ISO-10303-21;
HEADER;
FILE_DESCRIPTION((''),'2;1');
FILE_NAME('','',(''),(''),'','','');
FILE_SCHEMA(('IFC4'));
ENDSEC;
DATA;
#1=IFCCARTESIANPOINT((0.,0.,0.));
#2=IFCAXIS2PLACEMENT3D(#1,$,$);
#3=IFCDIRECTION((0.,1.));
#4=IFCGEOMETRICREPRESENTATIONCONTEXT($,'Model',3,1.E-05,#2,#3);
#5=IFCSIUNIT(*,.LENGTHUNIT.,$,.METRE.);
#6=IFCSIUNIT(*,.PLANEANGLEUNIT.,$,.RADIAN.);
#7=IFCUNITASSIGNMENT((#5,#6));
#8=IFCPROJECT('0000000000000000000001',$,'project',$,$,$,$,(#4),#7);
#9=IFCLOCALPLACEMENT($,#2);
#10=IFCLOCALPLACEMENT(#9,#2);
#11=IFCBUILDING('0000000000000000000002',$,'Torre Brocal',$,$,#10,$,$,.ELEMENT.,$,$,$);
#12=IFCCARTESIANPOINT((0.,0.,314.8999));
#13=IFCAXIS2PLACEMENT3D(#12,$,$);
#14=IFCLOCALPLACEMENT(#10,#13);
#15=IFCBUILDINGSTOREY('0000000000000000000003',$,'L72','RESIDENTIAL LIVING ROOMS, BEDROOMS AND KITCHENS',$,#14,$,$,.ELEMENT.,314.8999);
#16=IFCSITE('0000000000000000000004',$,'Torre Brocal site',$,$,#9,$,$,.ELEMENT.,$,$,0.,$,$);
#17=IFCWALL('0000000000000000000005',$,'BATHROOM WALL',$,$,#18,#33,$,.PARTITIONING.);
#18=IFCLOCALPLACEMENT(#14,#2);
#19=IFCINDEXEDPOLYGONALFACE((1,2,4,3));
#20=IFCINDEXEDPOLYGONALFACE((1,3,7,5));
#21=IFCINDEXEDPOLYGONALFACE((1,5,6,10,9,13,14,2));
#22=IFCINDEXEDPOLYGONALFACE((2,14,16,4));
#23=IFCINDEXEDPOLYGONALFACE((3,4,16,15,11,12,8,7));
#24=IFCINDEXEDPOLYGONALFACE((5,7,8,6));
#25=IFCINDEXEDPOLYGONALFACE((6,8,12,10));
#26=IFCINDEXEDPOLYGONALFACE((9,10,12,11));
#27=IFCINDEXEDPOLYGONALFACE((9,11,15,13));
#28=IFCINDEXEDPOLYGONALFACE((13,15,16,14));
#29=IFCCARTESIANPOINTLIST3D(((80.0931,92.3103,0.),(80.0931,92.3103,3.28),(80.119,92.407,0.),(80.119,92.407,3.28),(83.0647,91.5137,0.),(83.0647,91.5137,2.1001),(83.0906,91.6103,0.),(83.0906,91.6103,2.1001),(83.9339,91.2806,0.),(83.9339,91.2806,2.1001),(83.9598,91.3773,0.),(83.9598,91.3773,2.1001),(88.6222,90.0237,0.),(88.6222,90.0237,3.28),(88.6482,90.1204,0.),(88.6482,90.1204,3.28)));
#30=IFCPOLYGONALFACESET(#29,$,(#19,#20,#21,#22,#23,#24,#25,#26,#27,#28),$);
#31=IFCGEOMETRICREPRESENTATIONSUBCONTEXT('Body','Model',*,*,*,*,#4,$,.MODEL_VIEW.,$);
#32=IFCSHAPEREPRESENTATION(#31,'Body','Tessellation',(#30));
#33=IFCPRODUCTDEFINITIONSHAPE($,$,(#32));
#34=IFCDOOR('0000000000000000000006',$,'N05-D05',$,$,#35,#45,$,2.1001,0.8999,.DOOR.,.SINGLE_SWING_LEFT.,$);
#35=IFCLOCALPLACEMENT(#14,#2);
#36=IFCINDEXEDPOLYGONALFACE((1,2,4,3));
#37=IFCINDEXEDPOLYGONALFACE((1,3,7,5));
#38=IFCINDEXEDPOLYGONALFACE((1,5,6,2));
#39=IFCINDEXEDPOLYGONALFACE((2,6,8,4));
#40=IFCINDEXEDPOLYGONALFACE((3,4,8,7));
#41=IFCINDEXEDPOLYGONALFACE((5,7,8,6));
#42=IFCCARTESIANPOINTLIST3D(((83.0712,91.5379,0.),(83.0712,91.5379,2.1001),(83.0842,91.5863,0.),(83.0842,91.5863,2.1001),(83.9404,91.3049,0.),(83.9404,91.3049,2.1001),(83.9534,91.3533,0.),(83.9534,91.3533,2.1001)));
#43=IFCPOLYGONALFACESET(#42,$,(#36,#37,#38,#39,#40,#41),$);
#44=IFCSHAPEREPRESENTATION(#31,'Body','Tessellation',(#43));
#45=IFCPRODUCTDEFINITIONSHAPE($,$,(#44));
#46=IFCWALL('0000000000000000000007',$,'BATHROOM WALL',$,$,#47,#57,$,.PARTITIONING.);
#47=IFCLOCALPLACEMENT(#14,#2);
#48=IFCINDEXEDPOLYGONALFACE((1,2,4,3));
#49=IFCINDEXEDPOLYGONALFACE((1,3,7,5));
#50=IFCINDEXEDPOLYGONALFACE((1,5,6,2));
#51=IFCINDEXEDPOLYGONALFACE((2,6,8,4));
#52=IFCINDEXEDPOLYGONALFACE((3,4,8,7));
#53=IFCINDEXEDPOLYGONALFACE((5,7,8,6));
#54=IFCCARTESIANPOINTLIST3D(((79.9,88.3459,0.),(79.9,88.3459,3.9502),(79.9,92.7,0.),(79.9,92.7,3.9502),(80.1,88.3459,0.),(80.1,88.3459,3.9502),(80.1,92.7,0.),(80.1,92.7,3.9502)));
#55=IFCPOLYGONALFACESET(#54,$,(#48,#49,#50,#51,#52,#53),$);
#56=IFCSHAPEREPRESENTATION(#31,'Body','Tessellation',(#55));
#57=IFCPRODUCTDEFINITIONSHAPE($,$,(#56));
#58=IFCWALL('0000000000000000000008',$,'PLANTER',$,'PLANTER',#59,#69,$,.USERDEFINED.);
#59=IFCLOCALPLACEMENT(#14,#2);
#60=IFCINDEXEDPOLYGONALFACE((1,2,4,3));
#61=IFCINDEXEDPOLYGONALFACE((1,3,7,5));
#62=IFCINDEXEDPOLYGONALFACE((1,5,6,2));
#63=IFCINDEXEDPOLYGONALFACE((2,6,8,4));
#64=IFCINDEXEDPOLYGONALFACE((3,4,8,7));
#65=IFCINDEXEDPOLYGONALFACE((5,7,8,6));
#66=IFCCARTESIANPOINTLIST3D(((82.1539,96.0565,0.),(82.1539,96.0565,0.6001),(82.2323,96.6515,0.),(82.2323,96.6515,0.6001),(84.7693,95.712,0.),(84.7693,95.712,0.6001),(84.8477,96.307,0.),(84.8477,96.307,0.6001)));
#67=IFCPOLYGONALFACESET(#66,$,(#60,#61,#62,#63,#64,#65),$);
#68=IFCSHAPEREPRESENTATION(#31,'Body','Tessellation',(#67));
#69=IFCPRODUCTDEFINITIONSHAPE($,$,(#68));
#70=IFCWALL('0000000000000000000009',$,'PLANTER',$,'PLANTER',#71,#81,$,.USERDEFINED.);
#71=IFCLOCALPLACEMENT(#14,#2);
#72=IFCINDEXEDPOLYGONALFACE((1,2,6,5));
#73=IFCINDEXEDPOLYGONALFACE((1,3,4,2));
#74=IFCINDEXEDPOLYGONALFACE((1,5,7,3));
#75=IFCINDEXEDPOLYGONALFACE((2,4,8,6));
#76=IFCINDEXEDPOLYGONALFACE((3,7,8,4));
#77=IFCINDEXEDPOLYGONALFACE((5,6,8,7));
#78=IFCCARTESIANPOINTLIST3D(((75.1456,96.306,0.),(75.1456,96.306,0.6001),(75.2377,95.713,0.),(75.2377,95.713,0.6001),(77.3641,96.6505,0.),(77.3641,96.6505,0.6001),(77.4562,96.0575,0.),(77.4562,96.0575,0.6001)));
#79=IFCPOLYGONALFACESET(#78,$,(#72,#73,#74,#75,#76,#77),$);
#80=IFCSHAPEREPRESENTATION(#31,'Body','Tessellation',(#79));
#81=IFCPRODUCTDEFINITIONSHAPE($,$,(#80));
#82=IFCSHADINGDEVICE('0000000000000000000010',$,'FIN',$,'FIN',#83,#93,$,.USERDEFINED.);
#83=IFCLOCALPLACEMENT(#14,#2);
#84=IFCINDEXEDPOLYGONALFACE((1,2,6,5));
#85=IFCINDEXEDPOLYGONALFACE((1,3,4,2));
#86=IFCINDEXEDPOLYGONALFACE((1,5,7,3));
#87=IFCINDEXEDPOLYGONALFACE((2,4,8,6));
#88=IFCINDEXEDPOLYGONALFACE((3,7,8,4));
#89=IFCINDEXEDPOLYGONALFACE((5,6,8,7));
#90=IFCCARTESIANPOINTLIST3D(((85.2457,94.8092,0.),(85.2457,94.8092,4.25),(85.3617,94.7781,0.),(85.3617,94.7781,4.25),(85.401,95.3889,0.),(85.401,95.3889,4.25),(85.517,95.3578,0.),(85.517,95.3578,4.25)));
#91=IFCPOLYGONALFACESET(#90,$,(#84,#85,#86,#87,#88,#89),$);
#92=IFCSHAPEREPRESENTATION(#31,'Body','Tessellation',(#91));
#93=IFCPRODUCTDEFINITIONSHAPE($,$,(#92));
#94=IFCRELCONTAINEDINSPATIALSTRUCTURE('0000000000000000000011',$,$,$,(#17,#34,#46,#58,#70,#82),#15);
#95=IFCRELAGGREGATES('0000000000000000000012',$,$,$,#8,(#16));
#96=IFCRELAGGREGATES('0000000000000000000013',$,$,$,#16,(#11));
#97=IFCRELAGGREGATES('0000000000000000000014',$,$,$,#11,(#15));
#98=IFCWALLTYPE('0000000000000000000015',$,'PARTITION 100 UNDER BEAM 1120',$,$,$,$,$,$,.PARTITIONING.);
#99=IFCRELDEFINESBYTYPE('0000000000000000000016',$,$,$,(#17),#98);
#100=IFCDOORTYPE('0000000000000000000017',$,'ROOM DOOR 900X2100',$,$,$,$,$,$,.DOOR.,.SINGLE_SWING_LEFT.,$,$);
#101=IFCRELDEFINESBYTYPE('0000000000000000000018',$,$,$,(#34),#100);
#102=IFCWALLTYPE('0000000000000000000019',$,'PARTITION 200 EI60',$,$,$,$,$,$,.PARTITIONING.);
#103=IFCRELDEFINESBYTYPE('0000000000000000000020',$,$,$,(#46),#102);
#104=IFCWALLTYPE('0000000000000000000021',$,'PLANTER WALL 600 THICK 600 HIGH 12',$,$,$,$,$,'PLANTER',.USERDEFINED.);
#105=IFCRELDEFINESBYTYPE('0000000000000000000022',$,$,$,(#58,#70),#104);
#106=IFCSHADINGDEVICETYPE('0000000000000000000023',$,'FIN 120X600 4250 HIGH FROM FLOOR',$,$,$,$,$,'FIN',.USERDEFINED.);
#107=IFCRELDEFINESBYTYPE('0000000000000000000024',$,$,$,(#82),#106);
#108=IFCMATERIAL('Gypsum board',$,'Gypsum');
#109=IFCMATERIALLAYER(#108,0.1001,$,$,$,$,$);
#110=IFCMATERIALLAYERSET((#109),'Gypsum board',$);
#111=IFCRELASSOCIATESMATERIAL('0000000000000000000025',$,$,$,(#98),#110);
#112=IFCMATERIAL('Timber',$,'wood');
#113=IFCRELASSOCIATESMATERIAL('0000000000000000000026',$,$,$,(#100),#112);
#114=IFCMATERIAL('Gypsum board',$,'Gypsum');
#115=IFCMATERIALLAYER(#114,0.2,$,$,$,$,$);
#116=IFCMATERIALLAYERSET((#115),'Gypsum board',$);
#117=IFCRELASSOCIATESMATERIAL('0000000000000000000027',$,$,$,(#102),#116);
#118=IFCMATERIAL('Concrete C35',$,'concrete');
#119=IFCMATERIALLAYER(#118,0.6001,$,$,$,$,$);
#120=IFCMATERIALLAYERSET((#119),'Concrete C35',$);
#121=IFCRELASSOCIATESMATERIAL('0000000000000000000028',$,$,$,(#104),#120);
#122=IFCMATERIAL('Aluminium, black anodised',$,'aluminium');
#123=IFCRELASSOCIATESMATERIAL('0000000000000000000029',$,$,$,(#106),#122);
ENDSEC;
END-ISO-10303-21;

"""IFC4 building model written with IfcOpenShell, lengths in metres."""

from ifc_helpers import new_model, si_unit, direction, frame, frame_2d, origin, origin_2d, place, context, subcontext, project, spatial, rectangle, extrude, material, layer, layer_set, material_profile, profile_set, type_object, element, fill, save


model = new_model("IFC4")

# Units and contexts
model_context = context("Model", 3, precision=1e-05, world=origin(), true_north=direction((0.0, 1.0)))
body_context = subcontext(model_context, "Body", "Model", "MODEL_VIEW")
ifc_project = project(units=[si_unit("LENGTHUNIT", "METRE"), si_unit("PLANEANGLEUNIT", "RADIAN")], contexts=[model_context])

# Site, building, storey
site_placement = place(None, origin())
site = spatial("IfcSite", under=ifc_project, at=site_placement, Name="Torre Brocal site", CompositionType="ELEMENT", RefElevation=0.0)
building_placement = place(site_placement, origin())
building = spatial("IfcBuilding", under=site, at=building_placement, Name="Torre Brocal", CompositionType="ELEMENT")
storey_placement = place(building_placement, frame((0.0, 0.0, 314.8999)))
storey = spatial("IfcBuildingStorey", under=building, at=storey_placement, Name="L72", Description="RESIDENTIAL LIVING ROOMS, BEDROOMS AND KITCHENS", CompositionType="ELEMENT", Elevation=314.8999)

# Wall, opening, door
ifc_material_1 = material(Name="Gypsum board", Category="Gypsum")
ifc_layer_1 = layer(ifc_material_1, 0.1001)
ifc_layer_set_1 = layer_set([ifc_layer_1], Name="Gypsum board")
wall_type_1 = type_object("IfcWallType", Name="PARTITION 100 UNDER BEAM 1120", PredefinedType="PARTITIONING", material=ifc_layer_set_1)
wall_1_placement = place(storey_placement, frame((80.1062, 92.3586, 0.0), z_axis=(0.0, 0.0, 1.0), x_axis=(0.96589, -0.258953, 0.0)))
wall_1 = element("IfcWall", 1, at=wall_1_placement, inside=storey, type_object=wall_type_1, Name="BATHROOM WALL", PredefinedType="PARTITIONING", context=body_context, shape_type="SweptSolid", body=[
    extrude(rectangle(XDim=8.8303, YDim=0.1001, at=frame_2d((4.415, 0.0))), origin(), (0.0, 0.0, 1.0), 3.28),
])
opening_placement = place(wall_1_placement, frame((3.0764, 0.0, 0.0)))
opening = element("IfcOpeningElement", 2, at=opening_placement, cuts=wall_1, PredefinedType="OPENING", context=body_context, shape_type="SweptSolid", body=[
    extrude(rectangle(XDim=0.8999, YDim=2.1001, at=frame_2d((0.45, 1.05))), frame((0.0, 0.0601, 0.0), z_axis=(0.0, -1.0, 0.0), x_axis=(1.0, 0.0, 0.0)), (0.0, 0.0, 1.0), 0.1201),
])
ifc_material_2 = material(Name="Timber", Category="wood")
door_type = type_object("IfcDoorType", Name="ROOM DOOR 900X2100", OperationType="SINGLE_SWING_LEFT", PredefinedType="DOOR", material=ifc_material_2)
door_placement = place(opening_placement, frame((0.8999, 0.0, 0.0), z_axis=(0.0, 0.0, 1.0), x_axis=(-1.0, 0.0, 0.0)))
door = element("IfcDoor", 3, at=door_placement, inside=storey, type_object=door_type, Name="N05-D05", OperationType="SINGLE_SWING_LEFT", OverallHeight=2.1001, OverallWidth=0.8999, PredefinedType="DOOR", context=body_context, shape_type="SweptSolid", body=[
    extrude(rectangle(XDim=0.8999, YDim=2.1001, at=frame_2d((0.45, 1.05))), frame((0.0, 0.0249, 0.0), z_axis=(0.0, -1.0, 0.0), x_axis=(1.0, 0.0, 0.0)), (0.0, 0.0, 1.0), 0.05),
])
fill(opening, door)

# Walls
ifc_material_3 = material(Name="Gypsum board", Category="Gypsum")
ifc_layer_2 = layer(ifc_material_3, 0.2)
ifc_layer_set_2 = layer_set([ifc_layer_2], Name="Gypsum board")
wall_type_2 = type_object("IfcWallType", Name="PARTITION 200 EI60", PredefinedType="PARTITIONING", material=ifc_layer_set_2)
wall_2_placement = place(storey_placement, frame((80.0, 88.3459, 0.0), z_axis=(0.0, 0.0, 1.0), x_axis=(0.0, 1.0, 0.0)))
element("IfcWall", 4, at=wall_2_placement, inside=storey, type_object=wall_type_2, Name="BATHROOM WALL", PredefinedType="PARTITIONING", context=body_context, shape_type="SweptSolid", body=[
    extrude(rectangle(XDim=4.354, YDim=0.2, at=frame_2d((2.177, 0.0))), origin(), (0.0, 0.0, 1.0), 3.9502),
])
ifc_material_4 = material(Name="Concrete C35", Category="concrete")
ifc_layer_3 = layer(ifc_material_4, 0.6001)
ifc_layer_set_3 = layer_set([ifc_layer_3], Name="Concrete C35")
wall_type_3 = type_object("IfcWallType", Name="PLANTER WALL 600 THICK 600 HIGH 12", ElementType="PLANTER", PredefinedType="USERDEFINED", material=ifc_layer_set_3)
wall_3_placement = place(storey_placement, frame((84.8083, 96.0095, 0.0), z_axis=(0.0, 0.0, 1.0), x_axis=(-0.991436, 0.130593, 0.0)))
element("IfcWall", 5, at=wall_3_placement, inside=storey, type_object=wall_type_3, Name="PLANTER", ObjectType="PLANTER", PredefinedType="USERDEFINED", context=body_context, shape_type="SweptSolid", body=[
    extrude(rectangle(XDim=2.6379, YDim=0.6001, at=frame_2d((1.3188, 0.0))), origin(), (0.0, 0.0, 1.0), 0.6001),
])
wall_4_placement = place(storey_placement, frame((77.4102, 96.354, 0.0), z_axis=(0.0, 0.0, 1.0), x_axis=(-0.988158, -0.153438, 0.0)))
element("IfcWall", 6, at=wall_4_placement, inside=storey, type_object=wall_type_3, Name="PLANTER", ObjectType="PLANTER", PredefinedType="USERDEFINED", context=body_context, shape_type="SweptSolid", body=[
    extrude(rectangle(XDim=2.2451, YDim=0.6001, at=frame_2d((1.1226, 0.0))), origin(), (0.0, 0.0, 1.0), 0.6001),
])

# Shading device
ifc_material_5 = material(Name="Aluminium, black anodised", Category="aluminium")
ifc_material_profile_1 = material_profile(ifc_material_5, rectangle(XDim=0.1201, YDim=0.6001, at=origin_2d()), Name="FIN 120X600 4250 HIGH FROM FLOOR")
ifc_profile_set_1 = profile_set([ifc_material_profile_1], Name="Aluminium, black anodised")
shading_device_type = type_object("IfcShadingDeviceType", Name="FIN 120X600 4250 HIGH FROM FLOOR", ElementType="FIN", PredefinedType="USERDEFINED", material=ifc_profile_set_1)
shading_device_placement = place(storey_placement, frame((85.3813, 95.0835, 0.0), z_axis=(0.0, 0.0, 1.0), x_axis=(-0.965926, 0.258819, 0.0)))
element("IfcShadingDevice", 7, at=shading_device_placement, inside=storey, type_object=shading_device_type, Name="FIN", ObjectType="FIN", PredefinedType="USERDEFINED", context=body_context, shape_type="SweptSolid", body=[
    extrude(rectangle(XDim=0.1201, YDim=0.6001, at=origin_2d()), origin(), (0.0, 0.0, 1.0), 4.25),
])

save(model, "model.ifc")
